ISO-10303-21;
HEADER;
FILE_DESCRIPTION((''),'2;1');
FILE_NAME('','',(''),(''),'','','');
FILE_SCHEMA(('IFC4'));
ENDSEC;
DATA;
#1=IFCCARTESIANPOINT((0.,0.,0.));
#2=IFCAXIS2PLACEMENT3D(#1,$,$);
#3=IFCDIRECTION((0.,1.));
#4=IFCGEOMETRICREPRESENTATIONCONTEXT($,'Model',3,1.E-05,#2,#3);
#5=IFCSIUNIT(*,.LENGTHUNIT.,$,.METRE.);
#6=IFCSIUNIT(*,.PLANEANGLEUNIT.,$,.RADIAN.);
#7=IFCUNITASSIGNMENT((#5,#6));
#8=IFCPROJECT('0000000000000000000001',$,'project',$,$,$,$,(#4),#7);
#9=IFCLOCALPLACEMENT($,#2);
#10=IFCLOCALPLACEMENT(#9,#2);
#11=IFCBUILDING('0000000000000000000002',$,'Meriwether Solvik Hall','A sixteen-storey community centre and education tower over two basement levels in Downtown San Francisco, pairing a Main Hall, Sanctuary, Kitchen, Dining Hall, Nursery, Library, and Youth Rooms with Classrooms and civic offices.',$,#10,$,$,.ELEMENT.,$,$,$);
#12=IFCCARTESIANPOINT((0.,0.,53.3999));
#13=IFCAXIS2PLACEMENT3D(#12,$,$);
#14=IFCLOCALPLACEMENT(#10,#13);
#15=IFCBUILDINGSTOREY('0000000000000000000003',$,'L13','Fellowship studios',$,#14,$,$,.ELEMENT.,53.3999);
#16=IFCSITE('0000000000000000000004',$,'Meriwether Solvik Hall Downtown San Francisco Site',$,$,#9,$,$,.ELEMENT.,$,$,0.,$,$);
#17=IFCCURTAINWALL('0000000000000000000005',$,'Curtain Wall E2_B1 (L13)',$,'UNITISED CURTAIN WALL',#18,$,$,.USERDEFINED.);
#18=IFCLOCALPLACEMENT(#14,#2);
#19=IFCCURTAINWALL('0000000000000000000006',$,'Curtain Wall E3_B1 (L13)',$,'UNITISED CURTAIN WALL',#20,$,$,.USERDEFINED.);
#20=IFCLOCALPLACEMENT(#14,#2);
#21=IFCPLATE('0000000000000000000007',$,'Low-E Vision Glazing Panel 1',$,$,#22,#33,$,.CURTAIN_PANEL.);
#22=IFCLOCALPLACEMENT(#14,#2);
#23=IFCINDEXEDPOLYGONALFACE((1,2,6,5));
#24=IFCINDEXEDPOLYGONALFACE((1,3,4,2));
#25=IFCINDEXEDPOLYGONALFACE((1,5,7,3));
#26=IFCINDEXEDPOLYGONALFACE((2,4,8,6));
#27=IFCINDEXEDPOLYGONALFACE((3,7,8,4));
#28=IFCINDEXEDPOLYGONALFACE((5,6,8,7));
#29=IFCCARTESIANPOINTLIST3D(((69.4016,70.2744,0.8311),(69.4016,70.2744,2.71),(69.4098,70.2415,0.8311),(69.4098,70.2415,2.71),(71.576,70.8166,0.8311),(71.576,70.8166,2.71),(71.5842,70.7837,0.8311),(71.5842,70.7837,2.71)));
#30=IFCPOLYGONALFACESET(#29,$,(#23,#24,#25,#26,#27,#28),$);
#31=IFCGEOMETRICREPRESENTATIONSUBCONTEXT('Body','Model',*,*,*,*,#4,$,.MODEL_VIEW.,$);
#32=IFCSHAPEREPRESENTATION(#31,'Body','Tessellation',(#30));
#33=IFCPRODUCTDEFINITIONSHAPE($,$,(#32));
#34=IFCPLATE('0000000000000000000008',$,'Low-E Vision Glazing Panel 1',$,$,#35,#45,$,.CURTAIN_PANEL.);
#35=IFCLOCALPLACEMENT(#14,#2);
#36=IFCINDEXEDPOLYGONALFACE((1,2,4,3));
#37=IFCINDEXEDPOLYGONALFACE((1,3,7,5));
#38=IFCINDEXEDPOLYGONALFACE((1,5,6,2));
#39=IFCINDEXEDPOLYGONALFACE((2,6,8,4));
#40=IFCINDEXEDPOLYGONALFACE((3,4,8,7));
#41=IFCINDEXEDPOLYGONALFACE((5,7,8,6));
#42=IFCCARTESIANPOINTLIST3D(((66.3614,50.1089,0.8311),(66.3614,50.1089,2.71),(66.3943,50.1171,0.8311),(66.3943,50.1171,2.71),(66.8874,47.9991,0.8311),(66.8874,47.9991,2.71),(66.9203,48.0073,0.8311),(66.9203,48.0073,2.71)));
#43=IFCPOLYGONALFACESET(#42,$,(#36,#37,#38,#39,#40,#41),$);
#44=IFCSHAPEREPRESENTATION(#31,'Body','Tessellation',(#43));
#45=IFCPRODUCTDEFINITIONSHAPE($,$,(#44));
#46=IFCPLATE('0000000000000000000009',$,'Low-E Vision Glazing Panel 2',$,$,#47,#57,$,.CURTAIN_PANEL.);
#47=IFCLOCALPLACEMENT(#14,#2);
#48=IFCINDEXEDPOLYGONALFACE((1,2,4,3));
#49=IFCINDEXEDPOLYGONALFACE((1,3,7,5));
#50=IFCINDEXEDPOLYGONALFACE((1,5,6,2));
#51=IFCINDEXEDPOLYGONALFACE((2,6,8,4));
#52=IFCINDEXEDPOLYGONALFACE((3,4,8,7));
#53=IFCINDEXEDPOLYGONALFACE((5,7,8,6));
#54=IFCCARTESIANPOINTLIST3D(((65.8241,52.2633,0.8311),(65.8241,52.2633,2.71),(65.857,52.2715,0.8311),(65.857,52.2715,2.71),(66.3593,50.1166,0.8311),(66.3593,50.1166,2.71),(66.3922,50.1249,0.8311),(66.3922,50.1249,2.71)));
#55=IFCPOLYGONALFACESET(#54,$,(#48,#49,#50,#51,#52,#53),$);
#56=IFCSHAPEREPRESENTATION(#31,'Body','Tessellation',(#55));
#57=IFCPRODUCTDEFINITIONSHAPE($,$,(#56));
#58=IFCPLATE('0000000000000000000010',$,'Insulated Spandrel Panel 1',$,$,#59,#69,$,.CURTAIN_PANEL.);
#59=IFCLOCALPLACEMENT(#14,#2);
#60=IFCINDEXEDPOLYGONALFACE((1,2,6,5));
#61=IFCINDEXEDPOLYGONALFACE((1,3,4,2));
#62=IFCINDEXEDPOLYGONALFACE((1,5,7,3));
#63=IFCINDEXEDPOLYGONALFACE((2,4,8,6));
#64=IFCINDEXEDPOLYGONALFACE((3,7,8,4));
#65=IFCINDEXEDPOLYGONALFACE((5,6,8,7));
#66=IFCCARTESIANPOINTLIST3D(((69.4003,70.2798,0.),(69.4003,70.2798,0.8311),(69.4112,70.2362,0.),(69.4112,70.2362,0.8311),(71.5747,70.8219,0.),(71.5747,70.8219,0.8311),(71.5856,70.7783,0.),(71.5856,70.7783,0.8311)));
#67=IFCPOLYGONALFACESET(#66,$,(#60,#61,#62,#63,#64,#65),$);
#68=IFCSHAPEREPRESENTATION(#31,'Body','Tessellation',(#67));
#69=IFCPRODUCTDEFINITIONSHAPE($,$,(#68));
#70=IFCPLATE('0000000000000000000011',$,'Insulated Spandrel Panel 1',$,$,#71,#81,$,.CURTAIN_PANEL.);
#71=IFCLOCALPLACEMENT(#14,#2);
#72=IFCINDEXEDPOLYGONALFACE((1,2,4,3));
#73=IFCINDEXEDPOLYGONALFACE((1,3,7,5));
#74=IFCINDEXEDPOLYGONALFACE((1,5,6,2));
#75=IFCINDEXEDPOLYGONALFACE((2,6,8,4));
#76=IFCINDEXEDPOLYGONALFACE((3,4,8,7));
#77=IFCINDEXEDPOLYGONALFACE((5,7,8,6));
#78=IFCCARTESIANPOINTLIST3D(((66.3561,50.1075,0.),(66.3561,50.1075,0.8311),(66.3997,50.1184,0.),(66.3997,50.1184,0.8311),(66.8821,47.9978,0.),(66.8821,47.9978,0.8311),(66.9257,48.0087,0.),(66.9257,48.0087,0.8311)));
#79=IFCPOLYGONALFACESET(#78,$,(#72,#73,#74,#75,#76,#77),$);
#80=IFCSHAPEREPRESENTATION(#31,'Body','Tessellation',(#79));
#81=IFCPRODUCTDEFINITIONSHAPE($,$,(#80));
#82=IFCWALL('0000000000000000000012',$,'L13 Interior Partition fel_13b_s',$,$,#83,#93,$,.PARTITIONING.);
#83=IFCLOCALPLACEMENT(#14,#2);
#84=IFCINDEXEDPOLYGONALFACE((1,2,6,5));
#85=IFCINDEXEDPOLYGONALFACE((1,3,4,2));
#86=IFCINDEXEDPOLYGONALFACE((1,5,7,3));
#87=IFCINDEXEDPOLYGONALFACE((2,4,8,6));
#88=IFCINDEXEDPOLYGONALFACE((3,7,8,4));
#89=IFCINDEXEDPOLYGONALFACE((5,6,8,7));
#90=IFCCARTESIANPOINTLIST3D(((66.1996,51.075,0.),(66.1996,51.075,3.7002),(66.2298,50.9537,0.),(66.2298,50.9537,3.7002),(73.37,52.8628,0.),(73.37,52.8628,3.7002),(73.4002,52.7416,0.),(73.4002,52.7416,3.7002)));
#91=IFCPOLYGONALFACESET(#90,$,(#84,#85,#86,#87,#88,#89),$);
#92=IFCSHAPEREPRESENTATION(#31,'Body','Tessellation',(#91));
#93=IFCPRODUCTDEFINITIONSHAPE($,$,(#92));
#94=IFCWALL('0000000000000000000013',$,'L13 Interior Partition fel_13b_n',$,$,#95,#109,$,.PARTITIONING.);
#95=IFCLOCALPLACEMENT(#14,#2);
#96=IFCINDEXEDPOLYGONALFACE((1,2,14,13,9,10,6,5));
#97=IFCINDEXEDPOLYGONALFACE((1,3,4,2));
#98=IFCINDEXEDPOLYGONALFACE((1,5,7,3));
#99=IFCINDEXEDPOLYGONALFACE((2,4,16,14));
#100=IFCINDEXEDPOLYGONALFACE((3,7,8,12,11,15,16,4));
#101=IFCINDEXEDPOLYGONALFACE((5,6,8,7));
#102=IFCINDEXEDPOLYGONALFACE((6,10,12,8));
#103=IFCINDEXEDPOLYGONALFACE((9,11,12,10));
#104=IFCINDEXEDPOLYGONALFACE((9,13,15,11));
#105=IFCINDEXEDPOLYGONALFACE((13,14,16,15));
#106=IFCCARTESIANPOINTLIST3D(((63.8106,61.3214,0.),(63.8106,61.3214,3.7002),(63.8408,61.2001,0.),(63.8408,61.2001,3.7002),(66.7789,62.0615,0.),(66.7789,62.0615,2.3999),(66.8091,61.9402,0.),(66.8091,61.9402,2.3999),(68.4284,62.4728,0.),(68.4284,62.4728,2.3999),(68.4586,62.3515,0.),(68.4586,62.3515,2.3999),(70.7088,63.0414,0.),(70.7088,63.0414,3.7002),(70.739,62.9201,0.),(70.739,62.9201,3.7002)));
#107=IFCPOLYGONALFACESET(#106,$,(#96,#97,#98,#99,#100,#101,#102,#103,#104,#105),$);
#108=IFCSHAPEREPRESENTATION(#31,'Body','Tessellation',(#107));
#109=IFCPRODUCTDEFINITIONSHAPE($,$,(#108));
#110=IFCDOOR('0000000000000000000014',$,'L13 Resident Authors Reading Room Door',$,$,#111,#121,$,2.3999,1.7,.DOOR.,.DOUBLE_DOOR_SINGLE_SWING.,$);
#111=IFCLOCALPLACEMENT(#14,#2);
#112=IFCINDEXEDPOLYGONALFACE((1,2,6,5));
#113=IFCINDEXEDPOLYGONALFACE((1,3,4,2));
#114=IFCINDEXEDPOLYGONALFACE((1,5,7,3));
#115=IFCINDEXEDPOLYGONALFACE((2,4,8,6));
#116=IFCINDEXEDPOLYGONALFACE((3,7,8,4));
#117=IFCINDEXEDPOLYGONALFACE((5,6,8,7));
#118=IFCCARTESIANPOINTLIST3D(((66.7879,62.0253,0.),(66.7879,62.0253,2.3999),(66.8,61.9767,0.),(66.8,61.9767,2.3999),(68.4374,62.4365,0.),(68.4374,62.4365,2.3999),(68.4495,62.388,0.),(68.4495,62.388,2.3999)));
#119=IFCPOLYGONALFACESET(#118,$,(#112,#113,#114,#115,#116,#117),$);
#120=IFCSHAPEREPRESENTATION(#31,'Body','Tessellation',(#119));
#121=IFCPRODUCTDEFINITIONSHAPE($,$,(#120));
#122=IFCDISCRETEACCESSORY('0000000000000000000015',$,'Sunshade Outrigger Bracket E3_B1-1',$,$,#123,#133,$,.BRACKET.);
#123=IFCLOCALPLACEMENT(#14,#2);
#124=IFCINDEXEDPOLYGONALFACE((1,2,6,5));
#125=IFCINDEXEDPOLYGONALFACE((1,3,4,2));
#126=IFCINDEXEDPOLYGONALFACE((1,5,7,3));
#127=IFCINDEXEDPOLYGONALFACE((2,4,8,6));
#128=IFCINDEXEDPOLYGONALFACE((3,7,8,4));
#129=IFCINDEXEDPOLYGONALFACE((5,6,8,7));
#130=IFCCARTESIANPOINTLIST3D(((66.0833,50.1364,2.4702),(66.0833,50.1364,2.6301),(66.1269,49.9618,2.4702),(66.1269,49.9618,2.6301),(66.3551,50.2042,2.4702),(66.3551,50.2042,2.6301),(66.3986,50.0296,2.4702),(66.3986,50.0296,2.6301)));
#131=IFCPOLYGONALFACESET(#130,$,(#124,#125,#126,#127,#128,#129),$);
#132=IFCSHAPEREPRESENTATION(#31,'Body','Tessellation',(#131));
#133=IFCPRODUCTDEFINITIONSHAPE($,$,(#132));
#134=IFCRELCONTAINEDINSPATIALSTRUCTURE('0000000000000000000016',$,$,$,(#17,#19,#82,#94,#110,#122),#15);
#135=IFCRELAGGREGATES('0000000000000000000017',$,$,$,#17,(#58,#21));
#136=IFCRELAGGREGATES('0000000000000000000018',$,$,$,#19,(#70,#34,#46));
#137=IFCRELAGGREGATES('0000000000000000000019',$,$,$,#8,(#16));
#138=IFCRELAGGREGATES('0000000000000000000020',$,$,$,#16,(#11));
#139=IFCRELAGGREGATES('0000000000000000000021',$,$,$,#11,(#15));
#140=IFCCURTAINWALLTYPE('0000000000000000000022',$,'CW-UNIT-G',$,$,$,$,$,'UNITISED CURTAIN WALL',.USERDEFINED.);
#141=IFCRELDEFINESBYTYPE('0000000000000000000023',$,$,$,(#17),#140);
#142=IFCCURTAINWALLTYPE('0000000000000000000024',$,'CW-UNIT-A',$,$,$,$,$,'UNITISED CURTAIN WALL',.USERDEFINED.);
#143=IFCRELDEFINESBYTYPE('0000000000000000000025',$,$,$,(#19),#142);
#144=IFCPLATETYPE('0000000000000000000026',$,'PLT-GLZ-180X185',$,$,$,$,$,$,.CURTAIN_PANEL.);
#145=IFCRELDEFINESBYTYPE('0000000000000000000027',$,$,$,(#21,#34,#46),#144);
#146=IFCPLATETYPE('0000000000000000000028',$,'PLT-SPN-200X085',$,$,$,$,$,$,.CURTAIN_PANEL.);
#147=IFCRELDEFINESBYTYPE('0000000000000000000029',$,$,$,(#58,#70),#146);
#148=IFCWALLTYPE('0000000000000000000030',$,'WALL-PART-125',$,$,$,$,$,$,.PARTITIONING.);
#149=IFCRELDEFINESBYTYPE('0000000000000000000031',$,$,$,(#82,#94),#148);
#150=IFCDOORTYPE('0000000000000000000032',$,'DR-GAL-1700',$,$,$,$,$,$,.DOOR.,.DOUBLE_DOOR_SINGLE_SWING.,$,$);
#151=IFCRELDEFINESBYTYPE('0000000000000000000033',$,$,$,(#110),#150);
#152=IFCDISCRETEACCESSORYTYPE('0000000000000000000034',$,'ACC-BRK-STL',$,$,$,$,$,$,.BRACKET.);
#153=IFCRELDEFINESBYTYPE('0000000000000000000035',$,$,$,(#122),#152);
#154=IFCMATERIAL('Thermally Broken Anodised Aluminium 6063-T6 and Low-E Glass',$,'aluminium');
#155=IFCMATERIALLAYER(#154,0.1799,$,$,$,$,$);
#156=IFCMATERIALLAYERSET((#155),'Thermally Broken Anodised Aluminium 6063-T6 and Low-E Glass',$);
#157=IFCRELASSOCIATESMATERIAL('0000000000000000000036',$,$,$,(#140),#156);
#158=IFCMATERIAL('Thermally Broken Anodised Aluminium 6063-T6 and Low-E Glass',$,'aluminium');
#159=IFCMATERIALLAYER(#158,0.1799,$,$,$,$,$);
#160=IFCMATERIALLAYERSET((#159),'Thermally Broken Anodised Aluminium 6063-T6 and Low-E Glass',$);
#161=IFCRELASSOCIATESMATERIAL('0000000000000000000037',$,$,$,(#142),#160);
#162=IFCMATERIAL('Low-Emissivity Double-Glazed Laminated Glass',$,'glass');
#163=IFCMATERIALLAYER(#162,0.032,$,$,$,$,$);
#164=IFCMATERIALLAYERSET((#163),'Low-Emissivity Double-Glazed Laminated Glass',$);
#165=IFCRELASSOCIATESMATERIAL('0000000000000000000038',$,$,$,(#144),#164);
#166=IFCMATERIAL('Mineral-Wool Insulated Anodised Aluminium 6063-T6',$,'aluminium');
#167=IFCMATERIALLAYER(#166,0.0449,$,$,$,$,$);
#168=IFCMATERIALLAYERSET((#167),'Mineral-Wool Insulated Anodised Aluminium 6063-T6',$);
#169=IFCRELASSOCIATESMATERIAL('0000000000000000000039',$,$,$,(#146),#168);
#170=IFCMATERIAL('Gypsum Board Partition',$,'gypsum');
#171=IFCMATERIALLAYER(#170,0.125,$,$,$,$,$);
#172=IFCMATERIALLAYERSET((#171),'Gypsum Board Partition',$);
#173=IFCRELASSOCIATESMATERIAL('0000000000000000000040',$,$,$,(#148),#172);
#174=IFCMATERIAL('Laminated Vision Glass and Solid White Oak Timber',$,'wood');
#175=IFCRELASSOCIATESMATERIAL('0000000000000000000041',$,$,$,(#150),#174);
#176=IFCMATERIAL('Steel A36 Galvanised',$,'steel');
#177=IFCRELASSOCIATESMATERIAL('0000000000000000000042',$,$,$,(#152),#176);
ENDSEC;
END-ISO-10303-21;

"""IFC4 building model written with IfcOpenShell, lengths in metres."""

from ifc_helpers import new_model, si_unit, direction, frame, frame_2d, origin, origin_2d, place, context, subcontext, project, spatial, rectangle, extrude, material, layer, layer_set, type_object, element, fill, aggregate, save


model = new_model("IFC4")

# Units and contexts
model_context = context("Model", 3, precision=1e-05, world=origin(), true_north=direction((0.0, 1.0)))
body_context = subcontext(model_context, "Body", "Model", "MODEL_VIEW")
ifc_project = project(units=[si_unit("LENGTHUNIT", "METRE"), si_unit("PLANEANGLEUNIT", "RADIAN")], contexts=[model_context])

# Site, building, storey
site_placement = place(None, origin())
site = spatial("IfcSite", under=ifc_project, at=site_placement, Name="Meriwether Solvik Hall Downtown San Francisco Site", CompositionType="ELEMENT", RefElevation=0.0)
building_placement = place(site_placement, origin())
building = spatial("IfcBuilding", under=site, at=building_placement, Name="Meriwether Solvik Hall", Description="A sixteen-storey community centre and education tower over two basement levels in Downtown San Francisco, pairing a Main Hall, Sanctuary, Kitchen, Dining Hall, Nursery, Library, and Youth Rooms with Classrooms and civic offices.", CompositionType="ELEMENT")
storey_placement = place(building_placement, frame((0.0, 0.0, 53.3999)))
storey = spatial("IfcBuildingStorey", under=building, at=storey_placement, Name="L13", Description="Fellowship studios", CompositionType="ELEMENT", Elevation=53.3999)

# Curtain walls
ifc_material_1 = material(Name="Thermally Broken Anodised Aluminium 6063-T6 and Low-E Glass", Category="aluminium")
ifc_layer_1 = layer(ifc_material_1, 0.1799)
ifc_layer_set_1 = layer_set([ifc_layer_1], Name="Thermally Broken Anodised Aluminium 6063-T6 and Low-E Glass")
curtain_wall_type_1 = type_object("IfcCurtainWallType", Name="CW-UNIT-G", ElementType="UNITISED CURTAIN WALL", PredefinedType="USERDEFINED", material=ifc_layer_set_1)
curtain_wall_1_placement = place(storey_placement, origin())
curtain_wall_1 = element("IfcCurtainWall", 1, at=curtain_wall_1_placement, inside=storey, type_object=curtain_wall_type_1, Name="Curtain Wall E2_B1 (L13)", ObjectType="UNITISED CURTAIN WALL", PredefinedType="USERDEFINED")
ifc_material_2 = material(Name="Thermally Broken Anodised Aluminium 6063-T6 and Low-E Glass", Category="aluminium")
ifc_layer_2 = layer(ifc_material_2, 0.1799)
ifc_layer_set_2 = layer_set([ifc_layer_2], Name="Thermally Broken Anodised Aluminium 6063-T6 and Low-E Glass")
curtain_wall_type_2 = type_object("IfcCurtainWallType", Name="CW-UNIT-A", ElementType="UNITISED CURTAIN WALL", PredefinedType="USERDEFINED", material=ifc_layer_set_2)
curtain_wall_2_placement = place(storey_placement, origin())
curtain_wall_2 = element("IfcCurtainWall", 2, at=curtain_wall_2_placement, inside=storey, type_object=curtain_wall_type_2, Name="Curtain Wall E3_B1 (L13)", ObjectType="UNITISED CURTAIN WALL", PredefinedType="USERDEFINED")

# Plates
ifc_material_3 = material(Name="Low-Emissivity Double-Glazed Laminated Glass", Category="glass")
ifc_layer_3 = layer(ifc_material_3, 0.032)
ifc_layer_set_3 = layer_set([ifc_layer_3], Name="Low-Emissivity Double-Glazed Laminated Glass")
plate_type_1 = type_object("IfcPlateType", Name="PLT-GLZ-180X185", PredefinedType="CURTAIN_PANEL", material=ifc_layer_set_3)
plate_1_placement = place(storey_placement, frame((70.4929, 70.5291, 0.8311), z_axis=(0.0, 0.0, 1.0), x_axis=(0.970296, 0.241922, 0.0)))
plate_1 = element("IfcPlate", 3, at=plate_1_placement, type_object=plate_type_1, Name="Low-E Vision Glazing Panel 1", PredefinedType="CURTAIN_PANEL", context=body_context, shape_type="SweptSolid", body=[
    extrude(rectangle(XDim=2.241, YDim=0.0339, at=origin_2d()), origin(), (0.0, 0.0, 1.0), 1.8789),
])
plate_2_placement = place(storey_placement, frame((66.6409, 49.0581, 0.8311), z_axis=(0.0, 0.0, 1.0), x_axis=(-0.241922, 0.970296, 0.0)))
plate_2 = element("IfcPlate", 4, at=plate_2_placement, type_object=plate_type_1, Name="Low-E Vision Glazing Panel 1", PredefinedType="CURTAIN_PANEL", context=body_context, shape_type="SweptSolid", body=[
    extrude(rectangle(XDim=2.1743, YDim=0.0339, at=origin_2d()), origin(), (0.0, 0.0, 1.0), 1.8789),
])
plate_3_placement = place(storey_placement, frame((66.1082, 51.1941, 0.8311), z_axis=(0.0, 0.0, 1.0), x_axis=(-0.241922, 0.970296, 0.0)))
plate_3 = element("IfcPlate", 5, at=plate_3_placement, type_object=plate_type_1, Name="Low-E Vision Glazing Panel 2", PredefinedType="CURTAIN_PANEL", context=body_context, shape_type="SweptSolid", body=[
    extrude(rectangle(XDim=2.2124, YDim=0.0339, at=origin_2d()), origin(), (0.0, 0.0, 1.0), 1.8789),
])
ifc_material_4 = material(Name="Mineral-Wool Insulated Anodised Aluminium 6063-T6", Category="aluminium")
ifc_layer_4 = layer(ifc_material_4, 0.0449)
ifc_layer_set_4 = layer_set([ifc_layer_4], Name="Mineral-Wool Insulated Anodised Aluminium 6063-T6")
plate_type_2 = type_object("IfcPlateType", Name="PLT-SPN-200X085", PredefinedType="CURTAIN_PANEL", material=ifc_layer_set_4)
plate_4_placement = place(storey_placement, frame((70.4929, 70.5291, 0.0), z_axis=(0.0, 0.0, 1.0), x_axis=(0.970296, 0.241922, 0.0)))
plate_4 = element("IfcPlate", 6, at=plate_4_placement, type_object=plate_type_2, Name="Insulated Spandrel Panel 1", PredefinedType="CURTAIN_PANEL", context=body_context, shape_type="SweptSolid", body=[
    extrude(rectangle(XDim=2.241, YDim=0.0449, at=origin_2d()), origin(), (0.0, 0.0, 1.0), 0.8311),
])
aggregate(curtain_wall_1, [plate_4, plate_1])
plate_5_placement = place(storey_placement, frame((66.6409, 49.0581, 0.0), z_axis=(0.0, 0.0, 1.0), x_axis=(-0.241922, 0.970296, 0.0)))
plate_5 = element("IfcPlate", 7, at=plate_5_placement, type_object=plate_type_2, Name="Insulated Spandrel Panel 1", PredefinedType="CURTAIN_PANEL", context=body_context, shape_type="SweptSolid", body=[
    extrude(rectangle(XDim=2.1743, YDim=0.0449, at=origin_2d()), origin(), (0.0, 0.0, 1.0), 0.8311),
])
aggregate(curtain_wall_2, [plate_5, plate_2, plate_3])

# Wall
ifc_material_5 = material(Name="Gypsum Board Partition", Category="gypsum")
ifc_layer_5 = layer(ifc_material_5, 0.125)
ifc_layer_set_5 = layer_set([ifc_layer_5], Name="Gypsum Board Partition")
wall_type = type_object("IfcWallType", Name="WALL-PART-125", PredefinedType="PARTITIONING", material=ifc_layer_set_5)
wall_1_placement = place(storey_placement, frame((66.2148, 51.0144, 0.0), z_axis=(0.0, 0.0, 1.0), x_axis=(0.970294, 0.241929, 0.0)))
element("IfcWall", 8, at=wall_1_placement, inside=storey, type_object=wall_type, Name="L13 Interior Partition fel_13b_s", PredefinedType="PARTITIONING", context=body_context, shape_type="SweptSolid", body=[
    extrude(rectangle(XDim=7.3899, YDim=0.125, at=frame_2d((3.6948, 0.0))), origin(), (0.0, 0.0, 1.0), 3.7002),
])

# Wall, opening, door
wall_2_placement = place(storey_placement, frame((70.7239, 62.9807, 0.0), z_axis=(0.0, 0.0, 1.0), x_axis=(-0.970294, -0.24193, 0.0)))
wall_2 = element("IfcWall", 9, at=wall_2_placement, inside=storey, type_object=wall_type, Name="L13 Interior Partition fel_13b_n", PredefinedType="PARTITIONING", context=body_context, shape_type="SweptSolid", body=[
    extrude(rectangle(XDim=7.1094, YDim=0.125, at=frame_2d((3.5547, 0.0))), origin(), (0.0, 0.0, 1.0), 3.7002),
])
opening_placement = place(wall_2_placement, frame((2.3501, 0.0, 0.0)))
opening = element("IfcOpeningElement", 10, at=opening_placement, cuts=wall_2, PredefinedType="OPENING", context=body_context, shape_type="SweptSolid", body=[
    extrude(rectangle(XDim=1.7, YDim=2.3999, at=frame_2d((0.8501, 1.2))), frame((0.0, 0.0745, 0.0), z_axis=(0.0, -1.0, 0.0), x_axis=(1.0, 0.0, 0.0)), (0.0, 0.0, 1.0), 0.1489),
])
ifc_material_6 = material(Name="Laminated Vision Glass and Solid White Oak Timber", Category="wood")
door_type = type_object("IfcDoorType", Name="DR-GAL-1700", OperationType="DOUBLE_DOOR_SINGLE_SWING", PredefinedType="DOOR", material=ifc_material_6)
door_placement = place(opening_placement, origin())
door = element("IfcDoor", 11, at=door_placement, inside=storey, type_object=door_type, Name="L13 Resident Authors Reading Room Door", OperationType="DOUBLE_DOOR_SINGLE_SWING", OverallHeight=2.3999, OverallWidth=1.7, PredefinedType="DOOR", context=body_context, shape_type="SweptSolid", body=[
    extrude(rectangle(XDim=1.7, YDim=2.3999, at=frame_2d((0.8501, 1.2))), frame((0.0, 0.0249, 0.0), z_axis=(0.0, -1.0, 0.0), x_axis=(1.0, 0.0, 0.0)), (0.0, 0.0, 1.0), 0.05),
])
fill(opening, door)

# Discrete accessory
ifc_material_7 = material(Name="Steel A36 Galvanised", Category="steel")
discrete_accessory_type = type_object("IfcDiscreteAccessoryType", Name="ACC-BRK-STL", PredefinedType="BRACKET", material=ifc_material_7)
discrete_accessory_placement = place(storey_placement, frame((66.241, 50.083, 2.4702), z_axis=(0.0, 0.0, 1.0), x_axis=(-0.241922, 0.970296, 0.0)))
element("IfcDiscreteAccessory", 12, at=discrete_accessory_placement, inside=storey, type_object=discrete_accessory_type, Name="Sunshade Outrigger Bracket E3_B1-1", PredefinedType="BRACKET", context=body_context, shape_type="SweptSolid", body=[
    extrude(rectangle(XDim=0.1799, YDim=0.28, at=origin_2d()), origin(), (0.0, 0.0, 1.0), 0.1599),
])

save(model, "model.ifc")
